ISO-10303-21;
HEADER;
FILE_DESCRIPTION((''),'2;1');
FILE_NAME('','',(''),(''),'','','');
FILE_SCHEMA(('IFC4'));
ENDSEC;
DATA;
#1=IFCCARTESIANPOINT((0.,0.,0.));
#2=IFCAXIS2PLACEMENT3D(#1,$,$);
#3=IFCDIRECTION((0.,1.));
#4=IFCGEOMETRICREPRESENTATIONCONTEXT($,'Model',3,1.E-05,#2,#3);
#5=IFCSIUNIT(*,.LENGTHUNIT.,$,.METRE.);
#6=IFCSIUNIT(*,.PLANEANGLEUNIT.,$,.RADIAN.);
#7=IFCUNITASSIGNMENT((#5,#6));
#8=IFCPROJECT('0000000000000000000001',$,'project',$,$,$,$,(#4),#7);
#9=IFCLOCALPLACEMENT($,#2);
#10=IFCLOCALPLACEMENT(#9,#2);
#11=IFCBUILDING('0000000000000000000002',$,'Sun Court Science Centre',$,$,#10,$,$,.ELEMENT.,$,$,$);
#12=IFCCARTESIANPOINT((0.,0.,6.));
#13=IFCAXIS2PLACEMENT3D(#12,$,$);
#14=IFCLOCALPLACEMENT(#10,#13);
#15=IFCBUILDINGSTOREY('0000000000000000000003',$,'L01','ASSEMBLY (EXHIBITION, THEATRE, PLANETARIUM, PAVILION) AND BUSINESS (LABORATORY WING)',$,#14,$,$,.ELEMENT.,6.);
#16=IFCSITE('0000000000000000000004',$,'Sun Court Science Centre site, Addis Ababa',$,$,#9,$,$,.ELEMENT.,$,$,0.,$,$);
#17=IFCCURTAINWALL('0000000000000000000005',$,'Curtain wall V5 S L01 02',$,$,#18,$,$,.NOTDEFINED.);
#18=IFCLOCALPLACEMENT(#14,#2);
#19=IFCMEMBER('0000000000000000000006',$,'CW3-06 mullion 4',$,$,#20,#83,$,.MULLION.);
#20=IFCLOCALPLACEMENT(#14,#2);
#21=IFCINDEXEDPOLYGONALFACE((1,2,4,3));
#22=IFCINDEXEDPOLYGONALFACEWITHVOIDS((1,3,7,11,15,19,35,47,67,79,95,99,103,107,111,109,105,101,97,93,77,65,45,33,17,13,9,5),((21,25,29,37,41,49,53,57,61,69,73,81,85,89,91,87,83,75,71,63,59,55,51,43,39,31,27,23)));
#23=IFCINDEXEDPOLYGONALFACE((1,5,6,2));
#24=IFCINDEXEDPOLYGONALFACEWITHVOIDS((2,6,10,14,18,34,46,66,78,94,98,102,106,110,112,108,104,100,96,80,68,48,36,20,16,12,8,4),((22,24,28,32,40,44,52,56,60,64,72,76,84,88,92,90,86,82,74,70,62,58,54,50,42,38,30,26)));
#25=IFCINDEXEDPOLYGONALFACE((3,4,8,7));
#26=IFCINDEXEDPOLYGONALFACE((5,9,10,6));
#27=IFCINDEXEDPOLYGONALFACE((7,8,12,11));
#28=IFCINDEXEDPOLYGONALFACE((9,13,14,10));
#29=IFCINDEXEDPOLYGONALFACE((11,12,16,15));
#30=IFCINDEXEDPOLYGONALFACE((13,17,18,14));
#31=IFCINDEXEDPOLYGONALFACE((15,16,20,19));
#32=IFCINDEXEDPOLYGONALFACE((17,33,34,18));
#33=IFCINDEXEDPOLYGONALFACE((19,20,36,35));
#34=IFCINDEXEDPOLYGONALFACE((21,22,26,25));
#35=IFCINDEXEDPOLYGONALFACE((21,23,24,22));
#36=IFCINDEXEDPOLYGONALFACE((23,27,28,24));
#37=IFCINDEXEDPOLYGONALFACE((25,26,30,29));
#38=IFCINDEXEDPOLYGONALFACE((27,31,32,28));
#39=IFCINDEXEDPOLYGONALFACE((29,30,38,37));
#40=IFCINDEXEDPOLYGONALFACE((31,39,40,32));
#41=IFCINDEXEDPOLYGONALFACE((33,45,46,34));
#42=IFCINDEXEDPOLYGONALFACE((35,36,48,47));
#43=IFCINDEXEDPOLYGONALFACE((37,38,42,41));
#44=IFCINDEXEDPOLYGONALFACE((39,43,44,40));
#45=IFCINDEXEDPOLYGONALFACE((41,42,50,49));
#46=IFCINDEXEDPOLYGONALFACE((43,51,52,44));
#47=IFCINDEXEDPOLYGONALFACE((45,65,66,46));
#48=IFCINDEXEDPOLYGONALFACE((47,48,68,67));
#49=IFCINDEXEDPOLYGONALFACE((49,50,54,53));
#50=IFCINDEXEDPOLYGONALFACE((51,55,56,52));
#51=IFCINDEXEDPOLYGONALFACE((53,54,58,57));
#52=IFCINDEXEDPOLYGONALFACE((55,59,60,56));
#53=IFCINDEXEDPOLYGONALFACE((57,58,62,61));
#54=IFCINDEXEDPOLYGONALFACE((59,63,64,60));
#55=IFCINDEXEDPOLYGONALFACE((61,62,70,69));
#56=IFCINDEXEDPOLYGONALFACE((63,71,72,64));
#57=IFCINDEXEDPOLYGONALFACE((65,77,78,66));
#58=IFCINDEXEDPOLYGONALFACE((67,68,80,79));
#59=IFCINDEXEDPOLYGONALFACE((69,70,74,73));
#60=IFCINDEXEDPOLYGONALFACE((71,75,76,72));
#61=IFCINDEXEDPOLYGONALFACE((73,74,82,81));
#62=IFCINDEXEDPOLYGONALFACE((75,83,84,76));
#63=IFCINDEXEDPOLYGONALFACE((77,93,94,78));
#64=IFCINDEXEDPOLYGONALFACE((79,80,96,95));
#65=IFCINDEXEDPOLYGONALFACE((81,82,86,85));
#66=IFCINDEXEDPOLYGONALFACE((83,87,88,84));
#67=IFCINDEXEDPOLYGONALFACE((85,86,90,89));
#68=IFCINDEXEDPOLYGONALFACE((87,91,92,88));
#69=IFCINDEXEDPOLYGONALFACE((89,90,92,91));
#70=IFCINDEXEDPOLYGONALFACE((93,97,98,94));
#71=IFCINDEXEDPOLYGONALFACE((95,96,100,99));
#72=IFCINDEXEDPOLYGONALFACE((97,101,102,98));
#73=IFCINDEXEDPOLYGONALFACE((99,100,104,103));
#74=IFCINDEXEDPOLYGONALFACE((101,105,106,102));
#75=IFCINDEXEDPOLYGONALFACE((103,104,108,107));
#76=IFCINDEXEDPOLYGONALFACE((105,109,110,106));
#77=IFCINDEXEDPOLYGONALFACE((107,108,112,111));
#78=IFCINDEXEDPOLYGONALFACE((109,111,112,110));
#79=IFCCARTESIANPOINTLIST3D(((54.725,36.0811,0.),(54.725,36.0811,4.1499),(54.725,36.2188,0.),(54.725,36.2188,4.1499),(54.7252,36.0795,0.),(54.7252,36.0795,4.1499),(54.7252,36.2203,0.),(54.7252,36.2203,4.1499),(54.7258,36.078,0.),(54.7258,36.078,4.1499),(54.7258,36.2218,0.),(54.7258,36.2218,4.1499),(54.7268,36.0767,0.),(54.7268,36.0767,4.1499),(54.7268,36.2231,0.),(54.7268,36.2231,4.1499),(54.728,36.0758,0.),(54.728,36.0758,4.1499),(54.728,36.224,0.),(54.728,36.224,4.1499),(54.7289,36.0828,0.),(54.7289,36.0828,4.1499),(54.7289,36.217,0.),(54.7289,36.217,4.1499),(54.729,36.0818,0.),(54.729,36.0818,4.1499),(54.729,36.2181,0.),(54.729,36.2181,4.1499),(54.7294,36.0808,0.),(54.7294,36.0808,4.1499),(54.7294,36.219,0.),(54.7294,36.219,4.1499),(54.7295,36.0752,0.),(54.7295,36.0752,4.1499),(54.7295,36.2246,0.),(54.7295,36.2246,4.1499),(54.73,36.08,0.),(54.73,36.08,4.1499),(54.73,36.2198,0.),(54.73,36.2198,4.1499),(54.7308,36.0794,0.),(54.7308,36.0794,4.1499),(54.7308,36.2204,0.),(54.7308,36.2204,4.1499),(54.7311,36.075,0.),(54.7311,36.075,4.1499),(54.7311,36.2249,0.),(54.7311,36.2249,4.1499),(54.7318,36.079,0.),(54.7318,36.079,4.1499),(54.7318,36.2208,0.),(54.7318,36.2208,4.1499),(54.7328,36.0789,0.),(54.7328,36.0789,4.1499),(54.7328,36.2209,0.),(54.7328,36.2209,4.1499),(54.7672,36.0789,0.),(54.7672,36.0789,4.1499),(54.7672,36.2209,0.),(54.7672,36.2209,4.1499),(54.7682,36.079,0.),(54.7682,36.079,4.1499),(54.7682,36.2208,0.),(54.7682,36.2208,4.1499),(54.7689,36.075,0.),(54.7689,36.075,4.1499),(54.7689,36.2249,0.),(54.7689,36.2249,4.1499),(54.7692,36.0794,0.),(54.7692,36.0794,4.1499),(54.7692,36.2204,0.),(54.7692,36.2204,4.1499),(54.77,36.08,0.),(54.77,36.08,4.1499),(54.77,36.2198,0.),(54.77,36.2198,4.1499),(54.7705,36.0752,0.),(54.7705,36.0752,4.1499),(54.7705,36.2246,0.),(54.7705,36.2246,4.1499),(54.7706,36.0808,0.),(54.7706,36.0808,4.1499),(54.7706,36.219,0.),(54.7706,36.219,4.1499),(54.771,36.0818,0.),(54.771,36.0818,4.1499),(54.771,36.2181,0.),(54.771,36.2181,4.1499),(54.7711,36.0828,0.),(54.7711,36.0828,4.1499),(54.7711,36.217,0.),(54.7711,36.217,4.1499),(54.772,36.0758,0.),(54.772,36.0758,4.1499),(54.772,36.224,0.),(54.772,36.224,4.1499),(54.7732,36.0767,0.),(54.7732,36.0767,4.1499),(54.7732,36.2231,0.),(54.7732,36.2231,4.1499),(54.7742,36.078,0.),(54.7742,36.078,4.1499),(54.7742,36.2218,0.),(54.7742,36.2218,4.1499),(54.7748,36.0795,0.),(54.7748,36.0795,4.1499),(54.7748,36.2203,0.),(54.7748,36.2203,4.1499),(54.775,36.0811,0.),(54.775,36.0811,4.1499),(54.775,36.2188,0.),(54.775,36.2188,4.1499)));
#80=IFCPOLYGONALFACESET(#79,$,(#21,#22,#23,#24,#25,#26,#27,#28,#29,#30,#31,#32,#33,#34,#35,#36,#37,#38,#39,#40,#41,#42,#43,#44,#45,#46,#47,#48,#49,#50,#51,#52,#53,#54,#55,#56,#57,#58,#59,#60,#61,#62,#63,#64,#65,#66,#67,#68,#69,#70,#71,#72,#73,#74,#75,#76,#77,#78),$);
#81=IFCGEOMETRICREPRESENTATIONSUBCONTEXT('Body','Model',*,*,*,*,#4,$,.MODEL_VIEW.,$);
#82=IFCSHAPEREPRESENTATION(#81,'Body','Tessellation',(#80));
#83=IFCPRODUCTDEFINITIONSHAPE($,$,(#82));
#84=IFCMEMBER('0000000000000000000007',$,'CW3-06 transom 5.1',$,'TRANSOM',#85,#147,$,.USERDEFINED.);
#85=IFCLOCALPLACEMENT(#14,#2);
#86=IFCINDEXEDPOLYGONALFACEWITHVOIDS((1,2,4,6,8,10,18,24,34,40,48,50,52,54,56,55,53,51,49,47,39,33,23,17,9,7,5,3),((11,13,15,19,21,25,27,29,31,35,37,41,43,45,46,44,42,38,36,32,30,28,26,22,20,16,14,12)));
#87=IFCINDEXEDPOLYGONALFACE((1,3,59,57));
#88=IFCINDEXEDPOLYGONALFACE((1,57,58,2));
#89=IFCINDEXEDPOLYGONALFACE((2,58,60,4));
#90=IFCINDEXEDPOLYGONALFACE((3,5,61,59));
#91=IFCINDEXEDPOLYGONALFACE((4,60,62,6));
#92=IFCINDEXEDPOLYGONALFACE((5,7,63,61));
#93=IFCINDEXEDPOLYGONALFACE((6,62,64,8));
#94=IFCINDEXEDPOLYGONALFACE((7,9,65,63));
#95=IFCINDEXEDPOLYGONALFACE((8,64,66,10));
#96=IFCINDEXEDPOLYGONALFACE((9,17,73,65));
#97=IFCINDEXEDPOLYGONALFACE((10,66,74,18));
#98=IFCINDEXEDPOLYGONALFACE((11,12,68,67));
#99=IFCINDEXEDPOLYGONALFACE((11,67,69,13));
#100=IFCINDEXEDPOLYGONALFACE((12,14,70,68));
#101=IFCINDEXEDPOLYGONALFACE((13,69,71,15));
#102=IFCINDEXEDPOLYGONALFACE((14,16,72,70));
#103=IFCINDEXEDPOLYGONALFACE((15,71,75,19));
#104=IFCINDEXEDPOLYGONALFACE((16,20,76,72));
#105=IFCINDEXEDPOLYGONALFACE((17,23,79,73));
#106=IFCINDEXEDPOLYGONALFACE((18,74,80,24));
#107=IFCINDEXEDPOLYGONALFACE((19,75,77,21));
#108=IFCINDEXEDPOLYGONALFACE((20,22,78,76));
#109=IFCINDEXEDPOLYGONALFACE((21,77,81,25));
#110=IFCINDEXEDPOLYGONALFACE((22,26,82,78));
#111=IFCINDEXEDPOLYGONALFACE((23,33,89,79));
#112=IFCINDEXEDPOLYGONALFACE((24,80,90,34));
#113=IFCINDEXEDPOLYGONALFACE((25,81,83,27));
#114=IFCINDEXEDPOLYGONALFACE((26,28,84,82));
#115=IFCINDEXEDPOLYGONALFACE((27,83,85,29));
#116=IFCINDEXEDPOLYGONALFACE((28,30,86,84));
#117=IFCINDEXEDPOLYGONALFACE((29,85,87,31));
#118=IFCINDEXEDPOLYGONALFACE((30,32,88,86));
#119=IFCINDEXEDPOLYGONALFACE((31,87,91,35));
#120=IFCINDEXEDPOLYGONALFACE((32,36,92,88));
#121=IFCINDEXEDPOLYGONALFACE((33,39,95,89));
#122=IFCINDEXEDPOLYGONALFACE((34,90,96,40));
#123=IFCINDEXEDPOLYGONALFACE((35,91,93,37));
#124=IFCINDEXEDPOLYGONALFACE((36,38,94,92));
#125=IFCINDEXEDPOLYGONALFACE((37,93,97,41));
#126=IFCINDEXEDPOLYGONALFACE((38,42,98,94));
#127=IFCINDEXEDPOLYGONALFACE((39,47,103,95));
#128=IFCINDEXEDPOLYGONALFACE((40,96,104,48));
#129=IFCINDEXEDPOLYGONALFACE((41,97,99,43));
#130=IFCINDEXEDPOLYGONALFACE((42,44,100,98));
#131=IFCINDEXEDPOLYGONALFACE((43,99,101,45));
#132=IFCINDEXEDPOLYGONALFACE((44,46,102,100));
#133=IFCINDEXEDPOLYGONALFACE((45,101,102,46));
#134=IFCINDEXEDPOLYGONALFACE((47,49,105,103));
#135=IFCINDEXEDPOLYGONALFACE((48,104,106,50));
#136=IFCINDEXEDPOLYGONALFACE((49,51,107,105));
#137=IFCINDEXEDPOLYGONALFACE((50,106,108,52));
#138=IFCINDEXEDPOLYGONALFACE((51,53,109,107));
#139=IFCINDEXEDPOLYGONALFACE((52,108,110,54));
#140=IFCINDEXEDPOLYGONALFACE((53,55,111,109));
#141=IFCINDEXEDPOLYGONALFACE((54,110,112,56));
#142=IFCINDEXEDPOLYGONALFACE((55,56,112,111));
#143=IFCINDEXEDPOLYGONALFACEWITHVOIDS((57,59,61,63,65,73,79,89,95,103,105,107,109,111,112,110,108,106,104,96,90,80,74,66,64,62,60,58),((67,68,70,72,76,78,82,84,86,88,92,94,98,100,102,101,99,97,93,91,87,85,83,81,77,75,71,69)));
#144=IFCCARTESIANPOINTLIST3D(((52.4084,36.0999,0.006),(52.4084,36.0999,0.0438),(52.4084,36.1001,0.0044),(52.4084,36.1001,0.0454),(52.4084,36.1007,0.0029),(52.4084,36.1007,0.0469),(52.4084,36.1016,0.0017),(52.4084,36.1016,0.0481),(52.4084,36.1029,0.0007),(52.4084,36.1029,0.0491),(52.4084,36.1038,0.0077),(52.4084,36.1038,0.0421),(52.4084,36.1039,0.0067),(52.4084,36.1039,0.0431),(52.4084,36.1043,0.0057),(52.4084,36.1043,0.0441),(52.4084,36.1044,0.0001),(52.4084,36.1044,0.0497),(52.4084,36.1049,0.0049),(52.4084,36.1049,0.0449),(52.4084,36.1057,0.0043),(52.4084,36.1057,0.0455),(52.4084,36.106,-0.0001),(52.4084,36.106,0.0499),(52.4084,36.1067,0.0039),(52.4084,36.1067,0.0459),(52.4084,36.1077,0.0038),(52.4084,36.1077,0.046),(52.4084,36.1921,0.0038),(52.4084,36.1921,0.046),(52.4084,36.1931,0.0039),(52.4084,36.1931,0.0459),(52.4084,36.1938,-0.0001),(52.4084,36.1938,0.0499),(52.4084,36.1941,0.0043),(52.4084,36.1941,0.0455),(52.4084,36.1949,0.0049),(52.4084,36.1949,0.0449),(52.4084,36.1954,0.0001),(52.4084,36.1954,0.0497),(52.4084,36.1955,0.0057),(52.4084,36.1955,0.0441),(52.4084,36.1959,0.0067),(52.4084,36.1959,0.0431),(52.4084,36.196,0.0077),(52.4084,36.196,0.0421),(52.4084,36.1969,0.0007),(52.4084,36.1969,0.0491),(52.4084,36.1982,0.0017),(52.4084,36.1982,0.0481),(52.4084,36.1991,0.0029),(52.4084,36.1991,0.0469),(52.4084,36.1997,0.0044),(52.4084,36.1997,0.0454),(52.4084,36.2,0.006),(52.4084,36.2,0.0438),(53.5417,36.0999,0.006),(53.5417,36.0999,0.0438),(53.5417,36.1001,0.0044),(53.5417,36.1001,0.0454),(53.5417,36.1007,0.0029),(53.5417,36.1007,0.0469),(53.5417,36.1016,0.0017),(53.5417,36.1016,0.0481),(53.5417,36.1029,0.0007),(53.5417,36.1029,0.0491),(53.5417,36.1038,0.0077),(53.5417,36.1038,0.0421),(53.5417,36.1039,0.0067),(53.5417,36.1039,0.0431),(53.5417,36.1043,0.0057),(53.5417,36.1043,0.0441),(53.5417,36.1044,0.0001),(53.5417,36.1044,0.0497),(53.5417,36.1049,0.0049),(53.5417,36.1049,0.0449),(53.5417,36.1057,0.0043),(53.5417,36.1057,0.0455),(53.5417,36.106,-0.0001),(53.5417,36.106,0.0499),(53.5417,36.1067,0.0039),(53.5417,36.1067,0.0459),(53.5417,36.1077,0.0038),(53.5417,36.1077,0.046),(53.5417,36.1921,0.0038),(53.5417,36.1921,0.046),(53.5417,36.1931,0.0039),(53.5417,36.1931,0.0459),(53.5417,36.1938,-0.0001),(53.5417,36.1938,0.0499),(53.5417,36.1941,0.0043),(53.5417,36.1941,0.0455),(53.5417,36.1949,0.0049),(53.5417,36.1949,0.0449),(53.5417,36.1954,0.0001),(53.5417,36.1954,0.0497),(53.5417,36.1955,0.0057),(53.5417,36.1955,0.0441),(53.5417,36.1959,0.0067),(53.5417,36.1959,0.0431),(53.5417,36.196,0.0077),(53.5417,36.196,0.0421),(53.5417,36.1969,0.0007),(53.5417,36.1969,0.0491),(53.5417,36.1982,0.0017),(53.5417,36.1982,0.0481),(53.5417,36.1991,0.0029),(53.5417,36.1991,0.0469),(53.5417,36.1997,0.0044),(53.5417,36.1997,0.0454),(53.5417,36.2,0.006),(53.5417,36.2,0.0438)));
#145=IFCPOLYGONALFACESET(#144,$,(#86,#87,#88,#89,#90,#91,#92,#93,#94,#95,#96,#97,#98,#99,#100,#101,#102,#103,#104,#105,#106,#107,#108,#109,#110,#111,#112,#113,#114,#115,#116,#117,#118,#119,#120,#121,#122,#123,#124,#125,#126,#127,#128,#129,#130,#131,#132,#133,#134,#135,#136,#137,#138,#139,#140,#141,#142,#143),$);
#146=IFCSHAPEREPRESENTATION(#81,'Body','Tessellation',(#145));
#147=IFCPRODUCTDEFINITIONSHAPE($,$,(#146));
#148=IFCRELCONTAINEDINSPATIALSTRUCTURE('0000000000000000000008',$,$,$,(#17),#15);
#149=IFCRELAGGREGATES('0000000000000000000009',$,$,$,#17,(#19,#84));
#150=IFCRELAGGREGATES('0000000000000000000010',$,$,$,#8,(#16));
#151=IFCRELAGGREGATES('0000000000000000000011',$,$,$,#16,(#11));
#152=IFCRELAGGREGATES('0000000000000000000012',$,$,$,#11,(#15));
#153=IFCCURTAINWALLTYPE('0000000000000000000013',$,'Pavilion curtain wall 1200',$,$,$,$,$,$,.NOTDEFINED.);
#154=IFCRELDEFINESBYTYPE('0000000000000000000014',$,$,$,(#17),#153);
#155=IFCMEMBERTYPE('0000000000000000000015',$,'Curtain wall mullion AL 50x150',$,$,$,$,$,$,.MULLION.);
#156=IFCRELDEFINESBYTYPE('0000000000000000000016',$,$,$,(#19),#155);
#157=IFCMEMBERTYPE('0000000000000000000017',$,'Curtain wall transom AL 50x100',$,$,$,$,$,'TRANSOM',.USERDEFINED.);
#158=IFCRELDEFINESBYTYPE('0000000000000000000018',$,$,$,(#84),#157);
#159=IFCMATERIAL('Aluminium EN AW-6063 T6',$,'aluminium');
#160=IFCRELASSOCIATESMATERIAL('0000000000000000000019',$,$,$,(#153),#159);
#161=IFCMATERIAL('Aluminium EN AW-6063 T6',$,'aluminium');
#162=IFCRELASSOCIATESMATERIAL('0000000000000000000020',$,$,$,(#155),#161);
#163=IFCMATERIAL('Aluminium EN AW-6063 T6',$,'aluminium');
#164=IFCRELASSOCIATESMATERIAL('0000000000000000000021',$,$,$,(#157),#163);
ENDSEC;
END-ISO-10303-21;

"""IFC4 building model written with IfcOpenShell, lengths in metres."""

from ifc_helpers import new_model, si_unit, direction, frame, origin, origin_2d, place, context, subcontext, project, spatial, hollow_rectangle, extrude, material, material_profile, profile_set, type_object, element, aggregate, save


model = new_model("IFC4")

# Units and contexts
model_context = context("Model", 3, precision=1e-05, world=origin(), true_north=direction((0.0, 1.0)))
body_context = subcontext(model_context, "Body", "Model", "MODEL_VIEW")
ifc_project = project(units=[si_unit("LENGTHUNIT", "METRE"), si_unit("PLANEANGLEUNIT", "RADIAN")], contexts=[model_context])

# Site, building, storey
site_placement = place(None, origin())
site = spatial("IfcSite", under=ifc_project, at=site_placement, Name="Sun Court Science Centre site, Addis Ababa", CompositionType="ELEMENT", RefElevation=0.0)
building_placement = place(site_placement, origin())
building = spatial("IfcBuilding", under=site, at=building_placement, Name="Sun Court Science Centre", CompositionType="ELEMENT")
storey_placement = place(building_placement, frame((0.0, 0.0, 6.0)))
storey = spatial("IfcBuildingStorey", under=building, at=storey_placement, Name="L01", Description="ASSEMBLY (EXHIBITION, THEATRE, PLANETARIUM, PAVILION) AND BUSINESS (LABORATORY WING)", CompositionType="ELEMENT", Elevation=6.0)

# Curtain wall, members
ifc_material_1 = material(Name="Aluminium EN AW-6063 T6", Category="aluminium")
curtain_wall_type = type_object("IfcCurtainWallType", Name="Pavilion curtain wall 1200", PredefinedType="NOTDEFINED", material=ifc_material_1)
curtain_wall_placement = place(storey_placement, origin())
curtain_wall = element("IfcCurtainWall", 1, at=curtain_wall_placement, inside=storey, type_object=curtain_wall_type, Name="Curtain wall V5 S L01 02", PredefinedType="NOTDEFINED")
ifc_material_2 = material(Name="Aluminium EN AW-6063 T6", Category="aluminium")
ifc_material_profile_1 = material_profile(ifc_material_2, hollow_rectangle(XDim=0.05, YDim=0.1499, WallThickness=0.0039, InnerFilletRadius=0.0039, OuterFilletRadius=0.0061, at=origin_2d()), Name="AL 50x150x4")
ifc_profile_set_1 = profile_set([ifc_material_profile_1], Name="Aluminium EN AW-6063 T6")
member_type_1 = type_object("IfcMemberType", Name="Curtain wall mullion AL 50x150", PredefinedType="MULLION", material=ifc_profile_set_1)
member_1_placement = place(storey_placement, frame((54.75, 36.1499, 0.0), z_axis=(0.0, 0.0, 1.0), x_axis=(-1.0, 0.0, 0.0)))
member_1 = element("IfcMember", 2, at=member_1_placement, type_object=member_type_1, Name="CW3-06 mullion 4", PredefinedType="MULLION", context=body_context, shape_type="SweptSolid", body=[
    extrude(hollow_rectangle(XDim=0.05, YDim=0.1499, WallThickness=0.0039, InnerFilletRadius=0.0039, OuterFilletRadius=0.0061, at=origin_2d()), origin(), (0.0, 0.0, 1.0), 4.1499),
])
ifc_material_3 = material(Name="Aluminium EN AW-6063 T6", Category="aluminium")
ifc_material_profile_2 = material_profile(ifc_material_3, hollow_rectangle(XDim=0.05, YDim=0.1001, WallThickness=0.0039, InnerFilletRadius=0.0039, OuterFilletRadius=0.0061, at=origin_2d()), Name="AL 50x100x4")
ifc_profile_set_2 = profile_set([ifc_material_profile_2], Name="Aluminium EN AW-6063 T6")
member_type_2 = type_object("IfcMemberType", Name="Curtain wall transom AL 50x100", ElementType="TRANSOM", PredefinedType="USERDEFINED", material=ifc_profile_set_2)
member_2_placement = place(storey_placement, frame((53.5417, 36.1499, 0.0249), z_axis=(-1.0, 0.0, 0.0), x_axis=(0.0, 0.0, 1.0)))
member_2 = element("IfcMember", 3, at=member_2_placement, type_object=member_type_2, Name="CW3-06 transom 5.1", ObjectType="TRANSOM", PredefinedType="USERDEFINED", context=body_context, shape_type="SweptSolid", body=[
    extrude(hollow_rectangle(XDim=0.05, YDim=0.1001, WallThickness=0.0039, InnerFilletRadius=0.0039, OuterFilletRadius=0.0061, at=origin_2d()), origin(), (0.0, 0.0, 1.0), 1.1333),
])
aggregate(curtain_wall, [member_1, member_2])

save(model, "model.ifc")
